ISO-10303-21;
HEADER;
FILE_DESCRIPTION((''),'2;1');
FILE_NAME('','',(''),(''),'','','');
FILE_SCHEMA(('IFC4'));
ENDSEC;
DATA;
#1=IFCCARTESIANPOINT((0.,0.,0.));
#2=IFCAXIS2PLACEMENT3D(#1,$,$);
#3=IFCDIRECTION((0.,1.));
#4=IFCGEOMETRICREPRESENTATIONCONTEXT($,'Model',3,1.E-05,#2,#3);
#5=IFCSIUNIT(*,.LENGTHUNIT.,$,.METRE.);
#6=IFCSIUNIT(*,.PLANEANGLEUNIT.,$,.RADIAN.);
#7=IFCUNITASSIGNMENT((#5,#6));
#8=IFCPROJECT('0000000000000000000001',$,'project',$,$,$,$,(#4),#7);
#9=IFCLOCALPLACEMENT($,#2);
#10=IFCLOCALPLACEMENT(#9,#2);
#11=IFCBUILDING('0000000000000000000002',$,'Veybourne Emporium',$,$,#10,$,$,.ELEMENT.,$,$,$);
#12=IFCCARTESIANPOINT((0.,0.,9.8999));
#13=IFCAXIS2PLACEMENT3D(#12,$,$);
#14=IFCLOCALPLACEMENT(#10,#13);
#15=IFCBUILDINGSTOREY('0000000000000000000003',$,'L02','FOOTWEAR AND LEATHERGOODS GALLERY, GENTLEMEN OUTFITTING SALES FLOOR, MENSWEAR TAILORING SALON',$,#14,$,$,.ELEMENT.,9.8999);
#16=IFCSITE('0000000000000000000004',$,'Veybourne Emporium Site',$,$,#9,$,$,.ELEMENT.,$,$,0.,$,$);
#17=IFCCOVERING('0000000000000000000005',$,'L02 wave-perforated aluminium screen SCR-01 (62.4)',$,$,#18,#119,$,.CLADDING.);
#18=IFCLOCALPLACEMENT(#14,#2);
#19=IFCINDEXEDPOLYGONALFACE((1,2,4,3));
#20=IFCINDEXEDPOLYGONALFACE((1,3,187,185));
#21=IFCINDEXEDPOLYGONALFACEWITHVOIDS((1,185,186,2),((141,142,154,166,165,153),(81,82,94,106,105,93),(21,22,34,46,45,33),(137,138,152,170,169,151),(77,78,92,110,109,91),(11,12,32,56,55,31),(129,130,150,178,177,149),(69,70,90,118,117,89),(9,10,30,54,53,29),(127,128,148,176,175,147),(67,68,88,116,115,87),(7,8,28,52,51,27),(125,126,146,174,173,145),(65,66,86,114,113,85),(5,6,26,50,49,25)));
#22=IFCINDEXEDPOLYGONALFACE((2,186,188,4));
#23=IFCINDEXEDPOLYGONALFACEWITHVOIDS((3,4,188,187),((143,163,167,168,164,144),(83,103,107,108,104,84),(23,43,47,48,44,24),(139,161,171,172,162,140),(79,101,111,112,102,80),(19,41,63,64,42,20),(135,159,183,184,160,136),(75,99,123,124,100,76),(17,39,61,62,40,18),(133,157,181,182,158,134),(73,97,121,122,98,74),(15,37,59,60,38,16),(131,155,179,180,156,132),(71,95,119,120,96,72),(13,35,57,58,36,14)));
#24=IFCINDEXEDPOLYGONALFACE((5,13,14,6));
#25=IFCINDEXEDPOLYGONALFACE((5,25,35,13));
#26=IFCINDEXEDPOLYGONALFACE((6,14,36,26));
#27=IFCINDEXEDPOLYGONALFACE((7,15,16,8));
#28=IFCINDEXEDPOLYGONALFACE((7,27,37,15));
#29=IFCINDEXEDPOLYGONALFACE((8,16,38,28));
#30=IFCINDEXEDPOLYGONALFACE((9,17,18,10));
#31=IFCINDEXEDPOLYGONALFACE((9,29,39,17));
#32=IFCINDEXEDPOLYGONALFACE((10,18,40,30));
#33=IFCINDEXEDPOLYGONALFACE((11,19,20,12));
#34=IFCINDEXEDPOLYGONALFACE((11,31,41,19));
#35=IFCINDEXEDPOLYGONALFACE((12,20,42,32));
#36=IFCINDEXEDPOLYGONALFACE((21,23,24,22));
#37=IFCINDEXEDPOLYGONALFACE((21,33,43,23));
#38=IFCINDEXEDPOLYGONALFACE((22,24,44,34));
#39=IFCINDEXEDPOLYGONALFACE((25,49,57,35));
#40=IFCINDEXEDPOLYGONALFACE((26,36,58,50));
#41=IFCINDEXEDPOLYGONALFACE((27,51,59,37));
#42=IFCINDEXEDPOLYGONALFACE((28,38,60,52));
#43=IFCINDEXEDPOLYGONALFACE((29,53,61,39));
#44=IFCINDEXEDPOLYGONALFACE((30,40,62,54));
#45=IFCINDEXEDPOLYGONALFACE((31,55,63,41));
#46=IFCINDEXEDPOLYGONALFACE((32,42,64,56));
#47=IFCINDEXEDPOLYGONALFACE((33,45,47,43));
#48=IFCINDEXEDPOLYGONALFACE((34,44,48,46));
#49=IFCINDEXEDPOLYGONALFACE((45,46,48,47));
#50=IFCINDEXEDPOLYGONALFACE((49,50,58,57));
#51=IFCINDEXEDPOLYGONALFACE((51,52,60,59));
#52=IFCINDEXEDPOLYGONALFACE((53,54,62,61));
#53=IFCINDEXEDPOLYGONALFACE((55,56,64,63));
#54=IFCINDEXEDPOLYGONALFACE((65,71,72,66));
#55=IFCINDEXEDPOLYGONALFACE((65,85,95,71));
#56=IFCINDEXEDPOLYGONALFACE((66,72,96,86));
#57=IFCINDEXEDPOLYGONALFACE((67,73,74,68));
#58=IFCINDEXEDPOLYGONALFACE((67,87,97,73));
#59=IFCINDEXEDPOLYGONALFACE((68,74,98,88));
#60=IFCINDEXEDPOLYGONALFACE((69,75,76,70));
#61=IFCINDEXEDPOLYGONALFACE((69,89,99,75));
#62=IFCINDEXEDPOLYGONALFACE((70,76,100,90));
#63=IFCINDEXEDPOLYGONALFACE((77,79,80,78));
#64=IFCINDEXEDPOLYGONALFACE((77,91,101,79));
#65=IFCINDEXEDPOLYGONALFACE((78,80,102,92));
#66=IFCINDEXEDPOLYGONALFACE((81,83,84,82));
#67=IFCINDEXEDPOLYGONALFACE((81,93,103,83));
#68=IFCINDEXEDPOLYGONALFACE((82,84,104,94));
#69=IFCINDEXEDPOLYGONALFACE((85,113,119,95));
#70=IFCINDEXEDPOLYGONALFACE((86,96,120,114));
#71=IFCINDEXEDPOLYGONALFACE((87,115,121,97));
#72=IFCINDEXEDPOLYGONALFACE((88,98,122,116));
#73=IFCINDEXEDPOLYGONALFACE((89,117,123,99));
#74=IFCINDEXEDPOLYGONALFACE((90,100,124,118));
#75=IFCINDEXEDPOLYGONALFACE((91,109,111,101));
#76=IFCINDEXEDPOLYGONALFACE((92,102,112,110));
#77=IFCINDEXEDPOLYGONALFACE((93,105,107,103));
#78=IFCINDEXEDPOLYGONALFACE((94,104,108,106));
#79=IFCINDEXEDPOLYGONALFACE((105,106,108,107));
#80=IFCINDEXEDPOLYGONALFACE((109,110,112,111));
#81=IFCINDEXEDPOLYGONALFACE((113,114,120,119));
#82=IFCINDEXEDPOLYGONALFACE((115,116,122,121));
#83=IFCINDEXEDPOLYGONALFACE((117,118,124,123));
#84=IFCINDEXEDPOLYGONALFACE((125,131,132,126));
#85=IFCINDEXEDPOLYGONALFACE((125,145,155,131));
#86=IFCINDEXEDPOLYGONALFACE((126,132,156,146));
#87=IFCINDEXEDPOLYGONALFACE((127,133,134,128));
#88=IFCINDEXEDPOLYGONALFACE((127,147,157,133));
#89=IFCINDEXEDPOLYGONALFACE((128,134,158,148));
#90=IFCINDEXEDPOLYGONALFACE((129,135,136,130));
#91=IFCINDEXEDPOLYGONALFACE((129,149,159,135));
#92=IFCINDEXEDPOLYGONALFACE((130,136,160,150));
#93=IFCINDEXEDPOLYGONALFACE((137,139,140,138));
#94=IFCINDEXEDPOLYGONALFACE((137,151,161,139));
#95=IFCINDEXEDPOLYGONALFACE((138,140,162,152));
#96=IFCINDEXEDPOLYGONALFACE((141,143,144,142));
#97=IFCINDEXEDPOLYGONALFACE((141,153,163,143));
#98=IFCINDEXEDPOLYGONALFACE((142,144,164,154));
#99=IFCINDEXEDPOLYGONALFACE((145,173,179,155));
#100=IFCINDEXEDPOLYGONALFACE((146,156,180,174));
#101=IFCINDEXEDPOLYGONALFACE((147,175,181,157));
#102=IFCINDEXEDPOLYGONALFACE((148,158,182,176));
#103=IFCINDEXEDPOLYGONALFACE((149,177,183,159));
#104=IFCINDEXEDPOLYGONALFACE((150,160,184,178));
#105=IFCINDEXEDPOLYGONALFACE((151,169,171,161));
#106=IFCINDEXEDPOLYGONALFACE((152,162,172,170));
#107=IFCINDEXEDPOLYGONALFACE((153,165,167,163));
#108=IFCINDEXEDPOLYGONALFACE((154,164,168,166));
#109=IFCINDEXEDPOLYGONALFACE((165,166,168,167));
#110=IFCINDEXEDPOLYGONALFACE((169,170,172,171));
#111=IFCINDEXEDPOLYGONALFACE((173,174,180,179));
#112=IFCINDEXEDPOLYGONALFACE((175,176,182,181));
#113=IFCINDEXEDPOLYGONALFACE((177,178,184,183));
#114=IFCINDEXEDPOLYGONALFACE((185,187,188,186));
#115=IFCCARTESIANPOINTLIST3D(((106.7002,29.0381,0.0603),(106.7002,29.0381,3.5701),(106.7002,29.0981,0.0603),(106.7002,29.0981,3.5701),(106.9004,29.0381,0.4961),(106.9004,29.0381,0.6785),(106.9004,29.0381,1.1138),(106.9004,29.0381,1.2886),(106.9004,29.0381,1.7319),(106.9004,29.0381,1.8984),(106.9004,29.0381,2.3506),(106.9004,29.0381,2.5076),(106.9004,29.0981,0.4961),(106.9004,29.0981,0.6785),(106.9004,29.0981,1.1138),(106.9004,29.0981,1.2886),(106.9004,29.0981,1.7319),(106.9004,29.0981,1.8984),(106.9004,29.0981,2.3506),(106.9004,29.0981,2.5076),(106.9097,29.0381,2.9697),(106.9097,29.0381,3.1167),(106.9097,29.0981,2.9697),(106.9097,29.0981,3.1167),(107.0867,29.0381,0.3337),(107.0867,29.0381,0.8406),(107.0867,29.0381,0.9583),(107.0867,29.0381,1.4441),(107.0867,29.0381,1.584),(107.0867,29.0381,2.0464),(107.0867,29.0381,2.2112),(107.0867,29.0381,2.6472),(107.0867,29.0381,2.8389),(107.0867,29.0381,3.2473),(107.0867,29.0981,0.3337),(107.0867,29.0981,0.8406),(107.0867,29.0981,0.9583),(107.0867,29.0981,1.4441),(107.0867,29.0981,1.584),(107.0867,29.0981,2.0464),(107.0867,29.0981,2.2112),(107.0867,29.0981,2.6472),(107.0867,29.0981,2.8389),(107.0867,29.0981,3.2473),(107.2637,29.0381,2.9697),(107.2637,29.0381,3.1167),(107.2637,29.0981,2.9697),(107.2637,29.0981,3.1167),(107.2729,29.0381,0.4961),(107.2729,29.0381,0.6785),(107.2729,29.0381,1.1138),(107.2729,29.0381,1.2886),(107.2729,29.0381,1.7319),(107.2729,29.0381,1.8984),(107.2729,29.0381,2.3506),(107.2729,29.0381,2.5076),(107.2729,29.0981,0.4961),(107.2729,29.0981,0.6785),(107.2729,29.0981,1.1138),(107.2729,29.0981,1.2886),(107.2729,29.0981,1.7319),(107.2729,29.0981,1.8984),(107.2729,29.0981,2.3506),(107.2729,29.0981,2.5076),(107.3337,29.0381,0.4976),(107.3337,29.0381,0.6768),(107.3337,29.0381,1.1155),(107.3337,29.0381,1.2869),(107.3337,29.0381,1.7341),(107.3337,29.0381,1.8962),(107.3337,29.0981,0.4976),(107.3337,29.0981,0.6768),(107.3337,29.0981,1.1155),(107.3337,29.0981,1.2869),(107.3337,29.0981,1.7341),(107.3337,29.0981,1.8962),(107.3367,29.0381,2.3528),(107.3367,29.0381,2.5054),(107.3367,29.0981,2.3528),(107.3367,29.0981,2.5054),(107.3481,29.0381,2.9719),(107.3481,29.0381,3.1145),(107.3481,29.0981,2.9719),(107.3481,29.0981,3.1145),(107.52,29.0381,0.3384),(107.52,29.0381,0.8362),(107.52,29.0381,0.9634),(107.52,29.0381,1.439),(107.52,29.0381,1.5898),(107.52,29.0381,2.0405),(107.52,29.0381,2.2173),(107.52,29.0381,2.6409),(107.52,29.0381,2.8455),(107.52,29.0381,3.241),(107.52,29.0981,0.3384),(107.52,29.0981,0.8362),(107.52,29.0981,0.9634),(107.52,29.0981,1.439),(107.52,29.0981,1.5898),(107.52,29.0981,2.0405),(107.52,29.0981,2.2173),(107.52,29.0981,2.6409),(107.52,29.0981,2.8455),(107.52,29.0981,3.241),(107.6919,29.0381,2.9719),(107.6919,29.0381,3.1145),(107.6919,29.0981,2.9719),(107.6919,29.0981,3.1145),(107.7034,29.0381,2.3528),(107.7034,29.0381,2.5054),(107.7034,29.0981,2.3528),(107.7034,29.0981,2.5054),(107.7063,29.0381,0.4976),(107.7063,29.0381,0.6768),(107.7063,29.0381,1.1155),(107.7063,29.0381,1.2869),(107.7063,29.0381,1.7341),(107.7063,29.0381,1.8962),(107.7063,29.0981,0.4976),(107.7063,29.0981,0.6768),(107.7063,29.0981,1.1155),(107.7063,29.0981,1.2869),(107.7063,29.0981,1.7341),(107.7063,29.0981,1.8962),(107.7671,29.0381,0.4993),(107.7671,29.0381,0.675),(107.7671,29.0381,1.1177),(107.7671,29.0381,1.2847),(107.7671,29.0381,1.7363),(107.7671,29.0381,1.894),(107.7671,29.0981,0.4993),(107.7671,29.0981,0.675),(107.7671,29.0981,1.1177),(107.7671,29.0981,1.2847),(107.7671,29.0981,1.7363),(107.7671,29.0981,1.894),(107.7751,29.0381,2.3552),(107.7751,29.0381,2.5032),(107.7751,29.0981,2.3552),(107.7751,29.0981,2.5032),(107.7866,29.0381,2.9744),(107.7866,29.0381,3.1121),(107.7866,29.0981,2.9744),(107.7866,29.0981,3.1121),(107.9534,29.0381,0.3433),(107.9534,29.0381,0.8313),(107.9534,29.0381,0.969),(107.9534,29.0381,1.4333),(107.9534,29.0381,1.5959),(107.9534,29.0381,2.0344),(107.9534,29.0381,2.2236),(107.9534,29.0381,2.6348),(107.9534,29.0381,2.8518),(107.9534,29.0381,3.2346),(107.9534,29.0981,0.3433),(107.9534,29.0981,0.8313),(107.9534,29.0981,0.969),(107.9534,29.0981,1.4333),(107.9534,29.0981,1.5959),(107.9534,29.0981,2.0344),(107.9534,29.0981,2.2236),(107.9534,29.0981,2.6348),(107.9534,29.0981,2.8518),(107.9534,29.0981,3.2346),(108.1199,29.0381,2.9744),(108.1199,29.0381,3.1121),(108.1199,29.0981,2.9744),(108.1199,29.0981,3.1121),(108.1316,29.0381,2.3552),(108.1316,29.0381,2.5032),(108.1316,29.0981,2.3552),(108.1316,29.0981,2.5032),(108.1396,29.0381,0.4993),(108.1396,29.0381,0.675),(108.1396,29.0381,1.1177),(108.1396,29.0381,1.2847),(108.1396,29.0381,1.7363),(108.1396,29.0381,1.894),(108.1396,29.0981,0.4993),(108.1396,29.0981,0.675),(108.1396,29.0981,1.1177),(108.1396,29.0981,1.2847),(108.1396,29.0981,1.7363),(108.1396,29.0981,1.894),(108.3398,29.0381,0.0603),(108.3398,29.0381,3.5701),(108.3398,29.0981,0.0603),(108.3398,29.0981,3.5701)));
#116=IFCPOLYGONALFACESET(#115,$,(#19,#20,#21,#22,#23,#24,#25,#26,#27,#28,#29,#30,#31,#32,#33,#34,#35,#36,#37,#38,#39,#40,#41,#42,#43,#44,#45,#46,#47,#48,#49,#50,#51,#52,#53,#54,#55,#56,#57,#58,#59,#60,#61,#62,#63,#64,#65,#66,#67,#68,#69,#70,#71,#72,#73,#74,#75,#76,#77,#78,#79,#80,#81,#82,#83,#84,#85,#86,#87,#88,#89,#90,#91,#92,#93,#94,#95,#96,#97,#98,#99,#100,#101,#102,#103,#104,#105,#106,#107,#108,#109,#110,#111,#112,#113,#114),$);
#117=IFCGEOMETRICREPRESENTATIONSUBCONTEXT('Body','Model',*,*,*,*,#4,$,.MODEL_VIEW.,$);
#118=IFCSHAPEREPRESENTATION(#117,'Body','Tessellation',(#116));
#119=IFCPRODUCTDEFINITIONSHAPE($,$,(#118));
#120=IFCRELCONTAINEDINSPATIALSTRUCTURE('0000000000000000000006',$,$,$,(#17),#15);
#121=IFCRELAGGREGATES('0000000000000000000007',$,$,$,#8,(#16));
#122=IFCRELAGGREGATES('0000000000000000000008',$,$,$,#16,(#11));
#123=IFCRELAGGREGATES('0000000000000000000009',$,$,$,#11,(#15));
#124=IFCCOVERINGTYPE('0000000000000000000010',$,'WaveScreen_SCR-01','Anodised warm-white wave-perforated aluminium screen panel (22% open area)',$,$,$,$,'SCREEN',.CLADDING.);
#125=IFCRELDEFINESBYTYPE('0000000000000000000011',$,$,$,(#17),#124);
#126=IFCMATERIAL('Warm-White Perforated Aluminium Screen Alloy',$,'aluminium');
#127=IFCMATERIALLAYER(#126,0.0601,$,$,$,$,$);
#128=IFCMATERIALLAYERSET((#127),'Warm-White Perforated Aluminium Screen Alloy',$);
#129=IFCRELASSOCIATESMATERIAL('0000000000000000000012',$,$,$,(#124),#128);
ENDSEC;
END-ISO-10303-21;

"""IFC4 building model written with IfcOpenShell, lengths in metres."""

from ifc_helpers import new_model, si_unit, direction, frame, origin, place, context, subcontext, project, spatial, polyline, outline, extrude, material, layer, layer_set, type_object, element, save


model = new_model("IFC4")

# Units and contexts
model_context = context("Model", 3, precision=1e-05, world=origin(), true_north=direction((0.0, 1.0)))
body_context = subcontext(model_context, "Body", "Model", "MODEL_VIEW")
ifc_project = project(units=[si_unit("LENGTHUNIT", "METRE"), si_unit("PLANEANGLEUNIT", "RADIAN")], contexts=[model_context])

# Site, building, storey
site_placement = place(None, origin())
site = spatial("IfcSite", under=ifc_project, at=site_placement, Name="Veybourne Emporium Site", CompositionType="ELEMENT", RefElevation=0.0)
building_placement = place(site_placement, origin())
building = spatial("IfcBuilding", under=site, at=building_placement, Name="Veybourne Emporium", CompositionType="ELEMENT")
storey_placement = place(building_placement, frame((0.0, 0.0, 9.8999)))
storey = spatial("IfcBuildingStorey", under=building, at=storey_placement, Name="L02", Description="FOOTWEAR AND LEATHERGOODS GALLERY, GENTLEMEN OUTFITTING SALES FLOOR, MENSWEAR TAILORING SALON", CompositionType="ELEMENT", Elevation=9.8999)

# Covering
ifc_material_1 = material(Name="Warm-White Perforated Aluminium Screen Alloy", Category="aluminium")
ifc_layer_1 = layer(ifc_material_1, 0.0601)
ifc_layer_set_1 = layer_set([ifc_layer_1], Name="Warm-White Perforated Aluminium Screen Alloy")
covering_type_1 = type_object("IfcCoveringType", Name="WaveScreen_SCR-01", Description="Anodised warm-white wave-perforated aluminium screen panel (22% open area)", ElementType="SCREEN", PredefinedType="CLADDING", material=ifc_layer_set_1)
covering_1_placement = place(storey_placement, frame((107.52, 29.0981, 1.8152), z_axis=(0.0, -1.0, 0.0), x_axis=(1.0, 0.0, 0.0)))
element("IfcCovering", 1, at=covering_1_placement, inside=storey, type_object=covering_type_1, Name="L02 wave-perforated aluminium screen SCR-01 (62.4)", PredefinedType="CLADDING", context=body_context, shape_type="SweptSolid", body=[
    extrude(outline(polyline([(-0.8198, -1.7549), (0.8198, -1.7549), (0.8198, 1.7549), (-0.8198, 1.7549), (-0.8198, -1.7549)]), holes=[polyline([(-0.4333, -0.9746), (-0.2471, -1.1367), (-0.2471, -1.3191), (-0.4333, -1.4814), (-0.6196, -1.3191), (-0.6196, -1.1367), (-0.4333, -0.9746)]), polyline([(-0.4333, -0.3711), (-0.2471, -0.5266), (-0.2471, -0.7014), (-0.4333, -0.8569), (-0.6196, -0.7014), (-0.6196, -0.5266), (-0.4333, -0.3711)]), polyline([(-0.4333, 0.2312), (-0.2471, 0.0833), (-0.2471, -0.0833), (-0.4333, -0.2312), (-0.6196, -0.0833), (-0.6196, 0.0833), (-0.4333, 0.2312)]), polyline([(-0.4333, 0.832), (-0.2471, 0.6924), (-0.2471, 0.5354), (-0.4333, 0.396), (-0.6196, 0.5354), (-0.6196, 0.6924), (-0.4333, 0.832)]), polyline([(-0.4333, 1.4321), (-0.2563, 1.3015), (-0.2563, 1.1545), (-0.4333, 1.0237), (-0.6104, 1.1545), (-0.6104, 1.3015), (-0.4333, 1.4321)]), polyline([(0.0, -0.979), (0.1863, -1.1384), (0.1863, -1.3176), (0.0, -1.4768), (-0.1863, -1.3176), (-0.1863, -1.1384), (0.0, -0.979)]), polyline([(0.0, -0.3762), (0.1863, -0.5283), (0.1863, -0.6997), (0.0, -0.8518), (-0.1863, -0.6997), (-0.1863, -0.5283), (0.0, -0.3762)]), polyline([(0.0, 0.2253), (0.1863, 0.0811), (0.1863, -0.0811), (0.0, -0.2253), (-0.1863, -0.0811), (-0.1863, 0.0811), (0.0, 0.2253)]), polyline([(0.0, 0.8257), (0.1833, 0.6902), (0.1833, 0.5376), (0.0, 0.4021), (-0.1833, 0.5376), (-0.1833, 0.6902), (0.0, 0.8257)]), polyline([(0.0, 1.4258), (0.1719, 1.2993), (0.1719, 1.1567), (0.0, 1.0303), (-0.1719, 1.1567), (-0.1719, 1.2993), (0.0, 1.4258)]), polyline([(0.4333, -0.9839), (0.6196, -1.1401), (0.6196, -1.3159), (0.4333, -1.4719), (0.2471, -1.3159), (0.2471, -1.1401), (0.4333, -0.9839)]), polyline([(0.4333, -0.3818), (0.6196, -0.5305), (0.6196, -0.6975), (0.4333, -0.8462), (0.2471, -0.6975), (0.2471, -0.5305), (0.4333, -0.3818)]), polyline([(0.4333, 0.2192), (0.6196, 0.0789), (0.6196, -0.0789), (0.4333, -0.2192), (0.2471, -0.0789), (0.2471, 0.0789), (0.4333, 0.2192)]), polyline([(0.4333, 0.8196), (0.6116, 0.688), (0.6116, 0.54), (0.4333, 0.4084), (0.2551, 0.54), (0.2551, 0.688), (0.4333, 0.8196)]), polyline([(0.4333, 1.4194), (0.5999, 1.2969), (0.5999, 1.1592), (0.4333, 1.0366), (0.2666, 1.1592), (0.2666, 1.2969), (0.4333, 1.4194)])]), origin(), (0.0, 0.0, 1.0), 0.0601),
])

save(model, "model.ifc")
